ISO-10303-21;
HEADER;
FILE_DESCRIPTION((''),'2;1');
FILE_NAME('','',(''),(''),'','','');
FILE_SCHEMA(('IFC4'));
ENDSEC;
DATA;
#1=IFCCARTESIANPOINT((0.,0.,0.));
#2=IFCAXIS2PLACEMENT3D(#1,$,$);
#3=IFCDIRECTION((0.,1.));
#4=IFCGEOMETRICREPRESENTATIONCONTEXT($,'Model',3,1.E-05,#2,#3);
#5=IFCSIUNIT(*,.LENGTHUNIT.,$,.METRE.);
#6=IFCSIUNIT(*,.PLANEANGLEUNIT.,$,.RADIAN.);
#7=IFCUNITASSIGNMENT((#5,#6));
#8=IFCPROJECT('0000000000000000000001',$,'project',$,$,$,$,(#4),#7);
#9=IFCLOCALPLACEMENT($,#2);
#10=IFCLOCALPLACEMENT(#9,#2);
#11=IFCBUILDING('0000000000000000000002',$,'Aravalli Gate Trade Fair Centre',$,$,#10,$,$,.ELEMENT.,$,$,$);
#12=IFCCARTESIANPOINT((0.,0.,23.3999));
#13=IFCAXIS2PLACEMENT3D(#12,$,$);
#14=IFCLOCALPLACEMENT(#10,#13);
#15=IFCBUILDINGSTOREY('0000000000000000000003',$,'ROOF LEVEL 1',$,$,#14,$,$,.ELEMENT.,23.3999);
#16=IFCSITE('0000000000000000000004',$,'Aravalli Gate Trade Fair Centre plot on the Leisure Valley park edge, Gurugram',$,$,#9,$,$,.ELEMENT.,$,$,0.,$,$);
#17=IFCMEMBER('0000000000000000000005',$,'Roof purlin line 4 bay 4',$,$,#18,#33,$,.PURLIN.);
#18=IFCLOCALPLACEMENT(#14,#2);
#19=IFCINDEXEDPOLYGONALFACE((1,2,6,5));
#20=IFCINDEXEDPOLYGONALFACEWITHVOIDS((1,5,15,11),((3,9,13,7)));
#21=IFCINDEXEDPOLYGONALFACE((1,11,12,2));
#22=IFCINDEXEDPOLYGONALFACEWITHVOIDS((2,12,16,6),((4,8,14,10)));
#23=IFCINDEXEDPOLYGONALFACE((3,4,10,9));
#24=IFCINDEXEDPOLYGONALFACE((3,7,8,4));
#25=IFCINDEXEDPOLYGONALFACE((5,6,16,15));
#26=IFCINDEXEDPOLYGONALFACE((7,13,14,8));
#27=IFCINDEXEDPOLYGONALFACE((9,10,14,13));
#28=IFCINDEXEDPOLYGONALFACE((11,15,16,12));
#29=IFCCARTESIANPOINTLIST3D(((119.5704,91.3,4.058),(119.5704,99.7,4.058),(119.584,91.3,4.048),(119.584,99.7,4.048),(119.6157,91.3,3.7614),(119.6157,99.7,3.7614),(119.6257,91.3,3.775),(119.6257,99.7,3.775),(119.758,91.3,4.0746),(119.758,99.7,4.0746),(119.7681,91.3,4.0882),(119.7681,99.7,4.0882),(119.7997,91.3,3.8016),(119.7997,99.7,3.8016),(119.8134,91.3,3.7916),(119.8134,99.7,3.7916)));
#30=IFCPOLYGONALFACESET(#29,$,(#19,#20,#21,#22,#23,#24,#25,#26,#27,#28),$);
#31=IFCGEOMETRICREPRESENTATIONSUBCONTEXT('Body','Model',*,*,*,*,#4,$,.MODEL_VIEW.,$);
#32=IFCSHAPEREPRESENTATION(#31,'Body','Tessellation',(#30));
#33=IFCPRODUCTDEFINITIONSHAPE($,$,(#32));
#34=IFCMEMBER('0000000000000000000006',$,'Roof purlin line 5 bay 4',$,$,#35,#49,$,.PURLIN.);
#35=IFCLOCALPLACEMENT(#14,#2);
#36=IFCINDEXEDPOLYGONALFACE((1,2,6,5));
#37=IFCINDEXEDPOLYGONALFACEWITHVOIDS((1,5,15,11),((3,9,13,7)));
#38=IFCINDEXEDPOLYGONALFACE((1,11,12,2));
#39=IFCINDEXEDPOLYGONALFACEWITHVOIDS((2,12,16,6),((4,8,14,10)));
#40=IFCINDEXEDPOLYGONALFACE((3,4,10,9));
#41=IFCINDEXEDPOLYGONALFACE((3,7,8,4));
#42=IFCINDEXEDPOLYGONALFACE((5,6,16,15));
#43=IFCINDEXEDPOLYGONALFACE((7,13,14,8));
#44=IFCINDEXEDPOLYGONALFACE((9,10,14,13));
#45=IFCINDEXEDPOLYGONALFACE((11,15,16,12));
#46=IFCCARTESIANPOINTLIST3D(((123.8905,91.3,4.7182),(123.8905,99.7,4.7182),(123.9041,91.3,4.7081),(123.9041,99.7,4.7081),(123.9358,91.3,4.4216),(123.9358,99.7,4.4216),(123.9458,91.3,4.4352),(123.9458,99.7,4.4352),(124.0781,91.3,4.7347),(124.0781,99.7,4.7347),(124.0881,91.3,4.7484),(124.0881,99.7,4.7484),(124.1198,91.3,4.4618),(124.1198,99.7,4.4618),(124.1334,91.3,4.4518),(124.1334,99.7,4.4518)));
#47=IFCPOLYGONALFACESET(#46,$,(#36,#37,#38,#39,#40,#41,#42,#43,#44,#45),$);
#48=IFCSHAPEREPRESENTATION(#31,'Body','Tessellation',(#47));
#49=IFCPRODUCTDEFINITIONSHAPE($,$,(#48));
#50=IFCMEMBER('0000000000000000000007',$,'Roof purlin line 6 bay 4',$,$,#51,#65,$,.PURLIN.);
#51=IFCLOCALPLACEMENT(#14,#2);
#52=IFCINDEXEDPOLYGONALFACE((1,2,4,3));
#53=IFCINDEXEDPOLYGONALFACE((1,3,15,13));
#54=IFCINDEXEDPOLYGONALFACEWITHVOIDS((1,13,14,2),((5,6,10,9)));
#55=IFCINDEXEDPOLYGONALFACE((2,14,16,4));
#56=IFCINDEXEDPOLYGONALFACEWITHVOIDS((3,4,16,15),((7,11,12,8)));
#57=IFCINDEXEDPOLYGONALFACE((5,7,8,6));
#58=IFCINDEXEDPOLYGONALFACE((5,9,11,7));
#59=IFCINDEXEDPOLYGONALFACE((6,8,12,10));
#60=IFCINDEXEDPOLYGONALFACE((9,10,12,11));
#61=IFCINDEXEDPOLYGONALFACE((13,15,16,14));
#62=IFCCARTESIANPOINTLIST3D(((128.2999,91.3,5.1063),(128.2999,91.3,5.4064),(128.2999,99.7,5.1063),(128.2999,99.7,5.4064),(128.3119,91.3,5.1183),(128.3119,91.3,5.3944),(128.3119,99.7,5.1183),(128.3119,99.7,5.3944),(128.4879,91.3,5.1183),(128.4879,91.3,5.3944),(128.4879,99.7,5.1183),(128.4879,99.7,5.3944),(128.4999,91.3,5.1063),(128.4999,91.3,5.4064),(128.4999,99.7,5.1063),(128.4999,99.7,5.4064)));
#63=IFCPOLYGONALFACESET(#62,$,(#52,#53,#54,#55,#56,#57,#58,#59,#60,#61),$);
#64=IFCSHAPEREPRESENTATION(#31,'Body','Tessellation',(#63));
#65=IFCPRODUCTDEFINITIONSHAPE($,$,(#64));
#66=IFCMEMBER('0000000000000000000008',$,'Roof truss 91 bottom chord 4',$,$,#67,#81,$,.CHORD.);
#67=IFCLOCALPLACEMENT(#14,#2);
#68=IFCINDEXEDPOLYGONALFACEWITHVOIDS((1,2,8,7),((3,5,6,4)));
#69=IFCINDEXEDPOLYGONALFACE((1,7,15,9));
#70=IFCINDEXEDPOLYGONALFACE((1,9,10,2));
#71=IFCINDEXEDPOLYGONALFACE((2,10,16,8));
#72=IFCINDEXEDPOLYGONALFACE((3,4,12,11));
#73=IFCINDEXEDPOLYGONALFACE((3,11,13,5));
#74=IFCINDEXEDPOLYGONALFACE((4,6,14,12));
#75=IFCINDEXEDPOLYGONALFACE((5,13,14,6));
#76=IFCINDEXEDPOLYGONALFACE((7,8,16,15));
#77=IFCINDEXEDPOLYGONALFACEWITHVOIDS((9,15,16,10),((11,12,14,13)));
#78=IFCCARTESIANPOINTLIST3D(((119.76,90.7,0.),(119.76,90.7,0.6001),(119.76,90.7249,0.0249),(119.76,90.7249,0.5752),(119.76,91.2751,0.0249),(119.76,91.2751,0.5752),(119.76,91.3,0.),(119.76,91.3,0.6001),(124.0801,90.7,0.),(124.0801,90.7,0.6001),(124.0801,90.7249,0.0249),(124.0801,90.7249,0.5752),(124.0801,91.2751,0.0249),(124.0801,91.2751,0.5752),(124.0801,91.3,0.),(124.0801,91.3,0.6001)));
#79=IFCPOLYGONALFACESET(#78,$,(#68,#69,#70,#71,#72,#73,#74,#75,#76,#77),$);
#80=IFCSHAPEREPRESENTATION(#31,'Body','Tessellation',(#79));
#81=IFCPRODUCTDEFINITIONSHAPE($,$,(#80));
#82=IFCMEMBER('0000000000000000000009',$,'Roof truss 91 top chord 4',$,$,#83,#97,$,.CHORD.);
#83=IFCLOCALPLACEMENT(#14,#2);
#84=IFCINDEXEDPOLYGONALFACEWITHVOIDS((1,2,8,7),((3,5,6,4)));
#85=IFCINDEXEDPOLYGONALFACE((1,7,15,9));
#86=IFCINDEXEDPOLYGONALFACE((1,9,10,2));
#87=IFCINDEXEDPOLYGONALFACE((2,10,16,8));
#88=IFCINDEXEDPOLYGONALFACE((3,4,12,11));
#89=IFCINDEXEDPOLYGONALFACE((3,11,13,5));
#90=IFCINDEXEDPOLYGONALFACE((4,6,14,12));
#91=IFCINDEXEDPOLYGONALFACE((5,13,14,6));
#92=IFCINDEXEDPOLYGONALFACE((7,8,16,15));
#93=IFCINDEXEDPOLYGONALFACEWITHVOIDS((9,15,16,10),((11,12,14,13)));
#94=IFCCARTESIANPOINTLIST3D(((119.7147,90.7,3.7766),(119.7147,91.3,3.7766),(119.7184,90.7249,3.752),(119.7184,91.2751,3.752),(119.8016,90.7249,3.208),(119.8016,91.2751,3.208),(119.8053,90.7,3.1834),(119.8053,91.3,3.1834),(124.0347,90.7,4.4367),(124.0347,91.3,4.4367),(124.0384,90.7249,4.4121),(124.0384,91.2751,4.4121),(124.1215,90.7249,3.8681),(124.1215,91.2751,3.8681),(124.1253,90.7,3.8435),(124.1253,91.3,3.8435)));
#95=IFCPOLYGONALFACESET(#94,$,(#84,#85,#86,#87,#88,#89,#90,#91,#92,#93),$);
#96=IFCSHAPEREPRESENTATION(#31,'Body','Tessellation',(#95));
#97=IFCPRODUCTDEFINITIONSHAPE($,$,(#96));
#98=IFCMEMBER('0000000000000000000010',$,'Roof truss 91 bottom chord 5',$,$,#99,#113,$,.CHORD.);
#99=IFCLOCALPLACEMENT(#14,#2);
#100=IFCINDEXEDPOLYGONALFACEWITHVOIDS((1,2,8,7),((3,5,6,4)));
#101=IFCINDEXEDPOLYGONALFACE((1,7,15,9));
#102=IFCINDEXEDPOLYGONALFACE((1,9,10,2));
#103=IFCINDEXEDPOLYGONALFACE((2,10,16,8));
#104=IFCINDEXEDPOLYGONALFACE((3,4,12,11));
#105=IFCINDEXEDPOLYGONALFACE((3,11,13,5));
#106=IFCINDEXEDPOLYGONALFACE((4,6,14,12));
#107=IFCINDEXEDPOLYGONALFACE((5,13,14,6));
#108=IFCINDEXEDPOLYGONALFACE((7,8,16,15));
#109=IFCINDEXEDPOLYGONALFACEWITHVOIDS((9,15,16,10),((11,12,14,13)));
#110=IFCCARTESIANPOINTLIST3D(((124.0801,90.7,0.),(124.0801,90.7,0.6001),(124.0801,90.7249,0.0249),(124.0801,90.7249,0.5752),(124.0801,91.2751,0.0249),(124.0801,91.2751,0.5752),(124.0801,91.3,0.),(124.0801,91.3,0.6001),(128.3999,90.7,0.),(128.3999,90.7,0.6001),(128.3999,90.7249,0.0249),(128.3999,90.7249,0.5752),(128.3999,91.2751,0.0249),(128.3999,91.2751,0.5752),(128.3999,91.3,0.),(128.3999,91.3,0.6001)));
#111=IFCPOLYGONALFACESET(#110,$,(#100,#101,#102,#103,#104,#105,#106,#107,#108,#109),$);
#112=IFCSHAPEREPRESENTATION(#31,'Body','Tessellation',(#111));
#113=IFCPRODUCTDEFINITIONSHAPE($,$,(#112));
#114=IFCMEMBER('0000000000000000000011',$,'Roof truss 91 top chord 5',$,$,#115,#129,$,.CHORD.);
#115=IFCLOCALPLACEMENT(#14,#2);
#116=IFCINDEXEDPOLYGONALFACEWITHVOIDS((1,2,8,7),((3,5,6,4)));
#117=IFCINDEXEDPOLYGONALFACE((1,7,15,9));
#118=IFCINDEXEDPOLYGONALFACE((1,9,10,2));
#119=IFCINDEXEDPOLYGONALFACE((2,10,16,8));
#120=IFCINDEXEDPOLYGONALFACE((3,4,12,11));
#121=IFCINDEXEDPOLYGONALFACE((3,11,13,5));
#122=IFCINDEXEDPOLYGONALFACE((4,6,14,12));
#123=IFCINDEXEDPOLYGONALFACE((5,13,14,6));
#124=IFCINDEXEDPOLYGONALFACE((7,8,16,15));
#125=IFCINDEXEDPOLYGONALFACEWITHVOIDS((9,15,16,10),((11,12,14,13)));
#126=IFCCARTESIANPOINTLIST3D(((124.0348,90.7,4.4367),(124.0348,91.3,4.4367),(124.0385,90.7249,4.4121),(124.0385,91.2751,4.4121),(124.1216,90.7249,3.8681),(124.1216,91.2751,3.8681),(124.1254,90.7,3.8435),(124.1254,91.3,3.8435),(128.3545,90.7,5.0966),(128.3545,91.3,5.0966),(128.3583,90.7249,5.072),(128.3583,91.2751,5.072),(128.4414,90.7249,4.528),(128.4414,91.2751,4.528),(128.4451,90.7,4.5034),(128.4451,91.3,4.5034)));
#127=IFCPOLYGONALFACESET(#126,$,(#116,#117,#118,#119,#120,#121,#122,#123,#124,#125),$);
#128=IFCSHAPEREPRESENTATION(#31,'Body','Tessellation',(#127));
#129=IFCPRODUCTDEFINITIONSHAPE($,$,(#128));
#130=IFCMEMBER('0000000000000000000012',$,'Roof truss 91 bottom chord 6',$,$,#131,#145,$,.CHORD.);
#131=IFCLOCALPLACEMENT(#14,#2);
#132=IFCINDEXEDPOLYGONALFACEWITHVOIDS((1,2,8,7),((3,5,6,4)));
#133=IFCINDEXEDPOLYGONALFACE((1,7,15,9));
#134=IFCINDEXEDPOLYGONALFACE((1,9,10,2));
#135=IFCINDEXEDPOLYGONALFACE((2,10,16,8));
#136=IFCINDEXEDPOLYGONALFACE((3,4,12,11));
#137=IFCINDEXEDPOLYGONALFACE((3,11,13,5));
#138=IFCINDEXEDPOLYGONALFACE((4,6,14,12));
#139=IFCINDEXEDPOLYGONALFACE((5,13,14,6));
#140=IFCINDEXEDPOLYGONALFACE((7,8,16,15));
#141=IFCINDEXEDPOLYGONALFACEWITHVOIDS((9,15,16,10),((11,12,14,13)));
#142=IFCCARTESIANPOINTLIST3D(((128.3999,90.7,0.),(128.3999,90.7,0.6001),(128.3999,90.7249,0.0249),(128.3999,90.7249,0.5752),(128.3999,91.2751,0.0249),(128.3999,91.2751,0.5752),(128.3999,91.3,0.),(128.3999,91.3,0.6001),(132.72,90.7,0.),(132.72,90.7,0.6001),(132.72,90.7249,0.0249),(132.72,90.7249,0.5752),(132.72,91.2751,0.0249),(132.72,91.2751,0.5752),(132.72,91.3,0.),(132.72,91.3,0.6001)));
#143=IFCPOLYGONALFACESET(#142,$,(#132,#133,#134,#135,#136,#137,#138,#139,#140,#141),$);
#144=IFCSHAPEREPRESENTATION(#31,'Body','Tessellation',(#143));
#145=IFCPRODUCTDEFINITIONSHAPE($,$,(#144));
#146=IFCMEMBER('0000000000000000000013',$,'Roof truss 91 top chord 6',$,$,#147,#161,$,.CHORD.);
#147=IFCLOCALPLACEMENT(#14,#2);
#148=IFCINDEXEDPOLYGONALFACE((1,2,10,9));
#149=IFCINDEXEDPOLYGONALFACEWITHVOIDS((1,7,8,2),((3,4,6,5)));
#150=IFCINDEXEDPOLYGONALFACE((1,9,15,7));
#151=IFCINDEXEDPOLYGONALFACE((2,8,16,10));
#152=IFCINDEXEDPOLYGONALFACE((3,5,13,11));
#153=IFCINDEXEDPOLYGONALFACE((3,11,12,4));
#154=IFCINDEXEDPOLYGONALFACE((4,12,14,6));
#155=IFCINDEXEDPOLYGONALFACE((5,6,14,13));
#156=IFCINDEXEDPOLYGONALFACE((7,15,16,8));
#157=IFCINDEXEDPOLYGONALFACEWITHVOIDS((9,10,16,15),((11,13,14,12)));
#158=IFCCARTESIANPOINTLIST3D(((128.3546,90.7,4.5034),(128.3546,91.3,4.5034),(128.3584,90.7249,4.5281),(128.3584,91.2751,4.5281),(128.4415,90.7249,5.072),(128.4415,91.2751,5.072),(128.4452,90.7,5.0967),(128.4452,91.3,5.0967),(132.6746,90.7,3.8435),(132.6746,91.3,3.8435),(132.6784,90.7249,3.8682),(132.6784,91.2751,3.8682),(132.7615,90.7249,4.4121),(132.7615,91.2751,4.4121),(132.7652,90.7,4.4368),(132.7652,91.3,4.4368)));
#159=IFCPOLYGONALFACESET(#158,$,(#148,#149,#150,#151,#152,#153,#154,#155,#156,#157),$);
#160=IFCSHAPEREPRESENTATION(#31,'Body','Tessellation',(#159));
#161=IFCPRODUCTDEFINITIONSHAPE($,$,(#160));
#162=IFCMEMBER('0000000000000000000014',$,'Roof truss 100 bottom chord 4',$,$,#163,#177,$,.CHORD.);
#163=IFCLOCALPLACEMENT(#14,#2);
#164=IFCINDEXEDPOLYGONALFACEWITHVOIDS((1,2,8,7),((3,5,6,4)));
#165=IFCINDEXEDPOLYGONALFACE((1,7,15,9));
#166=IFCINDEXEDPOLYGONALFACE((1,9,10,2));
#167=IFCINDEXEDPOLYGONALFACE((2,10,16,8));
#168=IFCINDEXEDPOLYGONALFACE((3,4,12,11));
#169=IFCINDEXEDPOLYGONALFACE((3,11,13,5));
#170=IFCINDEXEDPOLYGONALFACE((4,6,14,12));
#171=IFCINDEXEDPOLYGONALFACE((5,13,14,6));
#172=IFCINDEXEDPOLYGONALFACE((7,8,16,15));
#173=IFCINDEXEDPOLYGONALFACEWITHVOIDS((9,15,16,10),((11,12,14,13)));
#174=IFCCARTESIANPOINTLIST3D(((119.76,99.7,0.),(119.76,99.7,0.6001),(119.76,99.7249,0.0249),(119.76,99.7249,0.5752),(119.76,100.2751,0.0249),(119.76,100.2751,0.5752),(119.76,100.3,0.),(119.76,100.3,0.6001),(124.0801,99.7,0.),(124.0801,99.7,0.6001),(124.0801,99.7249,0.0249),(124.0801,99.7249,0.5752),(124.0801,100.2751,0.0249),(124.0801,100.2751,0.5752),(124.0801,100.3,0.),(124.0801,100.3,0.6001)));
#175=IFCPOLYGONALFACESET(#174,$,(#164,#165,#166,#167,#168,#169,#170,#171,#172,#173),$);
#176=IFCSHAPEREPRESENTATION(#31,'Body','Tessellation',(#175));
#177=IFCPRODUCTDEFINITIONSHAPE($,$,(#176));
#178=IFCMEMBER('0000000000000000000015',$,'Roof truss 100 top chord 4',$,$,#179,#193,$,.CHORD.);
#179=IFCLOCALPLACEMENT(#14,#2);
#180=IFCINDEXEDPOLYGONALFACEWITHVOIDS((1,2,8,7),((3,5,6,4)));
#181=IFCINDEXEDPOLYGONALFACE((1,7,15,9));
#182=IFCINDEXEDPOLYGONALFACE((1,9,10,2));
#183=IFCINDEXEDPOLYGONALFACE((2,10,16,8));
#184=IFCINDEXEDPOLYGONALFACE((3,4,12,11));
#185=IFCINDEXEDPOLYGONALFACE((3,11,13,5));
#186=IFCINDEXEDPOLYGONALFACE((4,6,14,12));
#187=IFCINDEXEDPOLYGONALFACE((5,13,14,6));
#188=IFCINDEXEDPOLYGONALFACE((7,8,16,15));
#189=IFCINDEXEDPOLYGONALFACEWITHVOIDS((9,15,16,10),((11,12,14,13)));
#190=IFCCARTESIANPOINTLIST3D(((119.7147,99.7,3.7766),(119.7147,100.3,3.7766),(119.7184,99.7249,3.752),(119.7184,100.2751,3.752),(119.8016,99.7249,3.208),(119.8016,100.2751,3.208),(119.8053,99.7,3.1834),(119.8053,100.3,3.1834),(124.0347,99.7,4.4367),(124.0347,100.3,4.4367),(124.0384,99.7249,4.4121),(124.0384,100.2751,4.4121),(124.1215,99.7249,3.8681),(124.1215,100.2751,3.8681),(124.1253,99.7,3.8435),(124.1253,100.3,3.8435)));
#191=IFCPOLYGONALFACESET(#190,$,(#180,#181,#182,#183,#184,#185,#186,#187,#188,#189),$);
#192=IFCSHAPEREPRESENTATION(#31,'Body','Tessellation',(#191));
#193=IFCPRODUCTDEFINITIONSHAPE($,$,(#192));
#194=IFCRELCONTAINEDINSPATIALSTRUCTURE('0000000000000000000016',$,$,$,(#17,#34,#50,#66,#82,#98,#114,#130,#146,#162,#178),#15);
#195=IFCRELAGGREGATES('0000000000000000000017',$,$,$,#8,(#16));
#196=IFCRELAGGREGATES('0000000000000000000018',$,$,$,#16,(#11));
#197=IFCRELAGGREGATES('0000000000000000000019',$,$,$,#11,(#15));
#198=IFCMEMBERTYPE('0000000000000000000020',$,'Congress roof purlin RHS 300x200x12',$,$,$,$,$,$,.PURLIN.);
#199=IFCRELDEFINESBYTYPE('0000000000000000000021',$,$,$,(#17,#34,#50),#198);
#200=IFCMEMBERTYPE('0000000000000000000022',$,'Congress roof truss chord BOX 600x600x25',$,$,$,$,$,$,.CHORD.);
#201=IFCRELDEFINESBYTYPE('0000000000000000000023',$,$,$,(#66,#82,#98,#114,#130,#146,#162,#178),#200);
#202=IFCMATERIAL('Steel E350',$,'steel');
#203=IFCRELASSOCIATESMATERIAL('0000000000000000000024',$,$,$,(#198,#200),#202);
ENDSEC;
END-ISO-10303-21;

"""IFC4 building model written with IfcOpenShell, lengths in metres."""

from ifc_helpers import new_model, si_unit, direction, frame, origin, origin_2d, place, context, subcontext, project, spatial, hollow_rectangle, extrude, material, material_profile, profile_set, type_object, element, save


model = new_model("IFC4")

# Units and contexts
model_context = context("Model", 3, precision=1e-05, world=origin(), true_north=direction((0.0, 1.0)))
body_context = subcontext(model_context, "Body", "Model", "MODEL_VIEW")
ifc_project = project(units=[si_unit("LENGTHUNIT", "METRE"), si_unit("PLANEANGLEUNIT", "RADIAN")], contexts=[model_context])

# Site, building, storey
site_placement = place(None, origin())
site = spatial("IfcSite", under=ifc_project, at=site_placement, Name="Aravalli Gate Trade Fair Centre plot on the Leisure Valley park edge, Gurugram", CompositionType="ELEMENT", RefElevation=0.0)
building_placement = place(site_placement, origin())
building = spatial("IfcBuilding", under=site, at=building_placement, Name="Aravalli Gate Trade Fair Centre", CompositionType="ELEMENT")
storey_placement = place(building_placement, frame((0.0, 0.0, 23.3999)))
storey = spatial("IfcBuildingStorey", under=building, at=storey_placement, Name="ROOF LEVEL 1", CompositionType="ELEMENT", Elevation=23.3999)

# Members
ifc_material = material(Name="Steel E350", Category="steel")
ifc_material_profile_1 = material_profile(ifc_material, hollow_rectangle(XDim=0.2, YDim=0.3, WallThickness=0.012, at=origin_2d()), Name="RHS 300x200x12")
ifc_profile_set_1 = profile_set([ifc_material_profile_1], Name="Steel E350")
member_type_1 = type_object("IfcMemberType", Name="Congress roof purlin RHS 300x200x12", PredefinedType="PURLIN", material=ifc_profile_set_1)
for number, where, z_axis, x_axis, name in (
    (1, (119.6919, 91.3, 3.9248), (0.0, 1.0, 0.0), (-0.98853, 0.0, -0.151026), "Roof purlin line 4 bay 4"),
    (2, (124.012, 91.3, 4.585), (0.0, 1.0, 0.0), (-0.98853, 0.0, -0.151026), "Roof purlin line 5 bay 4"),
    (3, (128.3999, 91.3, 5.2563), (0.0, 1.0, 0.0), (-1.0, 0.0, 0.0), "Roof purlin line 6 bay 4"),
):
    element("IfcMember", number, at=place(storey_placement, frame(where, z_axis=z_axis, x_axis=x_axis)), inside=storey, type_object=member_type_1, Name=name, PredefinedType="PURLIN", context=body_context, shape_type="SweptSolid", body=[
        extrude(hollow_rectangle(XDim=0.2, YDim=0.3, WallThickness=0.012, at=origin_2d()), origin(), (0.0, 0.0, 1.0), 8.3999),
    ])
ifc_material_profile_2 = material_profile(ifc_material, hollow_rectangle(XDim=0.6001, YDim=0.6001, WallThickness=0.0249, at=origin_2d()), Name="BOX 600x600x25")
ifc_profile_set_2 = profile_set([ifc_material_profile_2], Name="Steel E350")
member_type_2 = type_object("IfcMemberType", Name="Congress roof truss chord BOX 600x600x25", PredefinedType="CHORD", material=ifc_profile_set_2)
member_1_placement = place(storey_placement, frame((119.76, 91.0, 0.3), z_axis=(1.0, 0.0, 0.0), x_axis=(0.0, 1.0, 0.0)))
element("IfcMember", 4, at=member_1_placement, inside=storey, type_object=member_type_2, Name="Roof truss 91 bottom chord 4", PredefinedType="CHORD", context=body_context, shape_type="SweptSolid", body=[
    extrude(hollow_rectangle(XDim=0.6001, YDim=0.6001, WallThickness=0.0249, at=origin_2d()), origin(), (0.0, 0.0, 1.0), 4.3201),
])
member_2_placement = place(storey_placement, frame((119.76, 91.0, 3.48), z_axis=(0.988525, 0.0, 0.151058), x_axis=(0.0, 1.0, 0.0)))
element("IfcMember", 5, at=member_2_placement, inside=storey, type_object=member_type_2, Name="Roof truss 91 top chord 4", PredefinedType="CHORD", context=body_context, shape_type="SweptSolid", body=[
    extrude(hollow_rectangle(XDim=0.6001, YDim=0.6001, WallThickness=0.0249, at=origin_2d()), origin(), (0.0, 0.0, 1.0), 4.3701),
])
member_3_placement = place(storey_placement, frame((124.0801, 91.0, 0.3), z_axis=(1.0, 0.0, 0.0), x_axis=(0.0, 1.0, 0.0)))
element("IfcMember", 6, at=member_3_placement, inside=storey, type_object=member_type_2, Name="Roof truss 91 bottom chord 5", PredefinedType="CHORD", context=body_context, shape_type="SweptSolid", body=[
    extrude(hollow_rectangle(XDim=0.6001, YDim=0.6001, WallThickness=0.0249, at=origin_2d()), origin(), (0.0, 0.0, 1.0), 4.3198),
])
member_4_placement = place(storey_placement, frame((124.0801, 91.0, 4.1401), z_axis=(0.988532, 0.0, 0.151012), x_axis=(0.0, 1.0, 0.0)))
element("IfcMember", 7, at=member_4_placement, inside=storey, type_object=member_type_2, Name="Roof truss 91 top chord 5", PredefinedType="CHORD", context=body_context, shape_type="SweptSolid", body=[
    extrude(hollow_rectangle(XDim=0.6001, YDim=0.6001, WallThickness=0.0249, at=origin_2d()), origin(), (0.0, 0.0, 1.0), 4.3699),
])
member_5_placement = place(storey_placement, frame((128.3999, 91.0, 0.3), z_axis=(1.0, 0.0, 0.0), x_axis=(0.0, 1.0, 0.0)))
element("IfcMember", 8, at=member_5_placement, inside=storey, type_object=member_type_2, Name="Roof truss 91 bottom chord 6", PredefinedType="CHORD", context=body_context, shape_type="SweptSolid", body=[
    extrude(hollow_rectangle(XDim=0.6001, YDim=0.6001, WallThickness=0.0249, at=origin_2d()), origin(), (0.0, 0.0, 1.0), 4.3201),
])
member_6_placement = place(storey_placement, frame((128.3999, 91.0, 4.8), z_axis=(0.988533, 0.0, -0.151003), x_axis=(0.0, 1.0, 0.0)))
element("IfcMember", 9, at=member_6_placement, inside=storey, type_object=member_type_2, Name="Roof truss 91 top chord 6", PredefinedType="CHORD", context=body_context, shape_type="SweptSolid", body=[
    extrude(hollow_rectangle(XDim=0.6001, YDim=0.6001, WallThickness=0.0249, at=origin_2d()), origin(), (0.0, 0.0, 1.0), 4.3701),
])
member_7_placement = place(storey_placement, frame((119.76, 100.0, 0.3), z_axis=(1.0, 0.0, 0.0), x_axis=(0.0, 1.0, 0.0)))
element("IfcMember", 10, at=member_7_placement, inside=storey, type_object=member_type_2, Name="Roof truss 100 bottom chord 4", PredefinedType="CHORD", context=body_context, shape_type="SweptSolid", body=[
    extrude(hollow_rectangle(XDim=0.6001, YDim=0.6001, WallThickness=0.0249, at=origin_2d()), origin(), (0.0, 0.0, 1.0), 4.3201),
])
member_8_placement = place(storey_placement, frame((119.76, 100.0, 3.48), z_axis=(0.988525, 0.0, 0.151058), x_axis=(0.0, 1.0, 0.0)))
element("IfcMember", 11, at=member_8_placement, inside=storey, type_object=member_type_2, Name="Roof truss 100 top chord 4", PredefinedType="CHORD", context=body_context, shape_type="SweptSolid", body=[
    extrude(hollow_rectangle(XDim=0.6001, YDim=0.6001, WallThickness=0.0249, at=origin_2d()), origin(), (0.0, 0.0, 1.0), 4.3701),
])

save(model, "model.ifc")
